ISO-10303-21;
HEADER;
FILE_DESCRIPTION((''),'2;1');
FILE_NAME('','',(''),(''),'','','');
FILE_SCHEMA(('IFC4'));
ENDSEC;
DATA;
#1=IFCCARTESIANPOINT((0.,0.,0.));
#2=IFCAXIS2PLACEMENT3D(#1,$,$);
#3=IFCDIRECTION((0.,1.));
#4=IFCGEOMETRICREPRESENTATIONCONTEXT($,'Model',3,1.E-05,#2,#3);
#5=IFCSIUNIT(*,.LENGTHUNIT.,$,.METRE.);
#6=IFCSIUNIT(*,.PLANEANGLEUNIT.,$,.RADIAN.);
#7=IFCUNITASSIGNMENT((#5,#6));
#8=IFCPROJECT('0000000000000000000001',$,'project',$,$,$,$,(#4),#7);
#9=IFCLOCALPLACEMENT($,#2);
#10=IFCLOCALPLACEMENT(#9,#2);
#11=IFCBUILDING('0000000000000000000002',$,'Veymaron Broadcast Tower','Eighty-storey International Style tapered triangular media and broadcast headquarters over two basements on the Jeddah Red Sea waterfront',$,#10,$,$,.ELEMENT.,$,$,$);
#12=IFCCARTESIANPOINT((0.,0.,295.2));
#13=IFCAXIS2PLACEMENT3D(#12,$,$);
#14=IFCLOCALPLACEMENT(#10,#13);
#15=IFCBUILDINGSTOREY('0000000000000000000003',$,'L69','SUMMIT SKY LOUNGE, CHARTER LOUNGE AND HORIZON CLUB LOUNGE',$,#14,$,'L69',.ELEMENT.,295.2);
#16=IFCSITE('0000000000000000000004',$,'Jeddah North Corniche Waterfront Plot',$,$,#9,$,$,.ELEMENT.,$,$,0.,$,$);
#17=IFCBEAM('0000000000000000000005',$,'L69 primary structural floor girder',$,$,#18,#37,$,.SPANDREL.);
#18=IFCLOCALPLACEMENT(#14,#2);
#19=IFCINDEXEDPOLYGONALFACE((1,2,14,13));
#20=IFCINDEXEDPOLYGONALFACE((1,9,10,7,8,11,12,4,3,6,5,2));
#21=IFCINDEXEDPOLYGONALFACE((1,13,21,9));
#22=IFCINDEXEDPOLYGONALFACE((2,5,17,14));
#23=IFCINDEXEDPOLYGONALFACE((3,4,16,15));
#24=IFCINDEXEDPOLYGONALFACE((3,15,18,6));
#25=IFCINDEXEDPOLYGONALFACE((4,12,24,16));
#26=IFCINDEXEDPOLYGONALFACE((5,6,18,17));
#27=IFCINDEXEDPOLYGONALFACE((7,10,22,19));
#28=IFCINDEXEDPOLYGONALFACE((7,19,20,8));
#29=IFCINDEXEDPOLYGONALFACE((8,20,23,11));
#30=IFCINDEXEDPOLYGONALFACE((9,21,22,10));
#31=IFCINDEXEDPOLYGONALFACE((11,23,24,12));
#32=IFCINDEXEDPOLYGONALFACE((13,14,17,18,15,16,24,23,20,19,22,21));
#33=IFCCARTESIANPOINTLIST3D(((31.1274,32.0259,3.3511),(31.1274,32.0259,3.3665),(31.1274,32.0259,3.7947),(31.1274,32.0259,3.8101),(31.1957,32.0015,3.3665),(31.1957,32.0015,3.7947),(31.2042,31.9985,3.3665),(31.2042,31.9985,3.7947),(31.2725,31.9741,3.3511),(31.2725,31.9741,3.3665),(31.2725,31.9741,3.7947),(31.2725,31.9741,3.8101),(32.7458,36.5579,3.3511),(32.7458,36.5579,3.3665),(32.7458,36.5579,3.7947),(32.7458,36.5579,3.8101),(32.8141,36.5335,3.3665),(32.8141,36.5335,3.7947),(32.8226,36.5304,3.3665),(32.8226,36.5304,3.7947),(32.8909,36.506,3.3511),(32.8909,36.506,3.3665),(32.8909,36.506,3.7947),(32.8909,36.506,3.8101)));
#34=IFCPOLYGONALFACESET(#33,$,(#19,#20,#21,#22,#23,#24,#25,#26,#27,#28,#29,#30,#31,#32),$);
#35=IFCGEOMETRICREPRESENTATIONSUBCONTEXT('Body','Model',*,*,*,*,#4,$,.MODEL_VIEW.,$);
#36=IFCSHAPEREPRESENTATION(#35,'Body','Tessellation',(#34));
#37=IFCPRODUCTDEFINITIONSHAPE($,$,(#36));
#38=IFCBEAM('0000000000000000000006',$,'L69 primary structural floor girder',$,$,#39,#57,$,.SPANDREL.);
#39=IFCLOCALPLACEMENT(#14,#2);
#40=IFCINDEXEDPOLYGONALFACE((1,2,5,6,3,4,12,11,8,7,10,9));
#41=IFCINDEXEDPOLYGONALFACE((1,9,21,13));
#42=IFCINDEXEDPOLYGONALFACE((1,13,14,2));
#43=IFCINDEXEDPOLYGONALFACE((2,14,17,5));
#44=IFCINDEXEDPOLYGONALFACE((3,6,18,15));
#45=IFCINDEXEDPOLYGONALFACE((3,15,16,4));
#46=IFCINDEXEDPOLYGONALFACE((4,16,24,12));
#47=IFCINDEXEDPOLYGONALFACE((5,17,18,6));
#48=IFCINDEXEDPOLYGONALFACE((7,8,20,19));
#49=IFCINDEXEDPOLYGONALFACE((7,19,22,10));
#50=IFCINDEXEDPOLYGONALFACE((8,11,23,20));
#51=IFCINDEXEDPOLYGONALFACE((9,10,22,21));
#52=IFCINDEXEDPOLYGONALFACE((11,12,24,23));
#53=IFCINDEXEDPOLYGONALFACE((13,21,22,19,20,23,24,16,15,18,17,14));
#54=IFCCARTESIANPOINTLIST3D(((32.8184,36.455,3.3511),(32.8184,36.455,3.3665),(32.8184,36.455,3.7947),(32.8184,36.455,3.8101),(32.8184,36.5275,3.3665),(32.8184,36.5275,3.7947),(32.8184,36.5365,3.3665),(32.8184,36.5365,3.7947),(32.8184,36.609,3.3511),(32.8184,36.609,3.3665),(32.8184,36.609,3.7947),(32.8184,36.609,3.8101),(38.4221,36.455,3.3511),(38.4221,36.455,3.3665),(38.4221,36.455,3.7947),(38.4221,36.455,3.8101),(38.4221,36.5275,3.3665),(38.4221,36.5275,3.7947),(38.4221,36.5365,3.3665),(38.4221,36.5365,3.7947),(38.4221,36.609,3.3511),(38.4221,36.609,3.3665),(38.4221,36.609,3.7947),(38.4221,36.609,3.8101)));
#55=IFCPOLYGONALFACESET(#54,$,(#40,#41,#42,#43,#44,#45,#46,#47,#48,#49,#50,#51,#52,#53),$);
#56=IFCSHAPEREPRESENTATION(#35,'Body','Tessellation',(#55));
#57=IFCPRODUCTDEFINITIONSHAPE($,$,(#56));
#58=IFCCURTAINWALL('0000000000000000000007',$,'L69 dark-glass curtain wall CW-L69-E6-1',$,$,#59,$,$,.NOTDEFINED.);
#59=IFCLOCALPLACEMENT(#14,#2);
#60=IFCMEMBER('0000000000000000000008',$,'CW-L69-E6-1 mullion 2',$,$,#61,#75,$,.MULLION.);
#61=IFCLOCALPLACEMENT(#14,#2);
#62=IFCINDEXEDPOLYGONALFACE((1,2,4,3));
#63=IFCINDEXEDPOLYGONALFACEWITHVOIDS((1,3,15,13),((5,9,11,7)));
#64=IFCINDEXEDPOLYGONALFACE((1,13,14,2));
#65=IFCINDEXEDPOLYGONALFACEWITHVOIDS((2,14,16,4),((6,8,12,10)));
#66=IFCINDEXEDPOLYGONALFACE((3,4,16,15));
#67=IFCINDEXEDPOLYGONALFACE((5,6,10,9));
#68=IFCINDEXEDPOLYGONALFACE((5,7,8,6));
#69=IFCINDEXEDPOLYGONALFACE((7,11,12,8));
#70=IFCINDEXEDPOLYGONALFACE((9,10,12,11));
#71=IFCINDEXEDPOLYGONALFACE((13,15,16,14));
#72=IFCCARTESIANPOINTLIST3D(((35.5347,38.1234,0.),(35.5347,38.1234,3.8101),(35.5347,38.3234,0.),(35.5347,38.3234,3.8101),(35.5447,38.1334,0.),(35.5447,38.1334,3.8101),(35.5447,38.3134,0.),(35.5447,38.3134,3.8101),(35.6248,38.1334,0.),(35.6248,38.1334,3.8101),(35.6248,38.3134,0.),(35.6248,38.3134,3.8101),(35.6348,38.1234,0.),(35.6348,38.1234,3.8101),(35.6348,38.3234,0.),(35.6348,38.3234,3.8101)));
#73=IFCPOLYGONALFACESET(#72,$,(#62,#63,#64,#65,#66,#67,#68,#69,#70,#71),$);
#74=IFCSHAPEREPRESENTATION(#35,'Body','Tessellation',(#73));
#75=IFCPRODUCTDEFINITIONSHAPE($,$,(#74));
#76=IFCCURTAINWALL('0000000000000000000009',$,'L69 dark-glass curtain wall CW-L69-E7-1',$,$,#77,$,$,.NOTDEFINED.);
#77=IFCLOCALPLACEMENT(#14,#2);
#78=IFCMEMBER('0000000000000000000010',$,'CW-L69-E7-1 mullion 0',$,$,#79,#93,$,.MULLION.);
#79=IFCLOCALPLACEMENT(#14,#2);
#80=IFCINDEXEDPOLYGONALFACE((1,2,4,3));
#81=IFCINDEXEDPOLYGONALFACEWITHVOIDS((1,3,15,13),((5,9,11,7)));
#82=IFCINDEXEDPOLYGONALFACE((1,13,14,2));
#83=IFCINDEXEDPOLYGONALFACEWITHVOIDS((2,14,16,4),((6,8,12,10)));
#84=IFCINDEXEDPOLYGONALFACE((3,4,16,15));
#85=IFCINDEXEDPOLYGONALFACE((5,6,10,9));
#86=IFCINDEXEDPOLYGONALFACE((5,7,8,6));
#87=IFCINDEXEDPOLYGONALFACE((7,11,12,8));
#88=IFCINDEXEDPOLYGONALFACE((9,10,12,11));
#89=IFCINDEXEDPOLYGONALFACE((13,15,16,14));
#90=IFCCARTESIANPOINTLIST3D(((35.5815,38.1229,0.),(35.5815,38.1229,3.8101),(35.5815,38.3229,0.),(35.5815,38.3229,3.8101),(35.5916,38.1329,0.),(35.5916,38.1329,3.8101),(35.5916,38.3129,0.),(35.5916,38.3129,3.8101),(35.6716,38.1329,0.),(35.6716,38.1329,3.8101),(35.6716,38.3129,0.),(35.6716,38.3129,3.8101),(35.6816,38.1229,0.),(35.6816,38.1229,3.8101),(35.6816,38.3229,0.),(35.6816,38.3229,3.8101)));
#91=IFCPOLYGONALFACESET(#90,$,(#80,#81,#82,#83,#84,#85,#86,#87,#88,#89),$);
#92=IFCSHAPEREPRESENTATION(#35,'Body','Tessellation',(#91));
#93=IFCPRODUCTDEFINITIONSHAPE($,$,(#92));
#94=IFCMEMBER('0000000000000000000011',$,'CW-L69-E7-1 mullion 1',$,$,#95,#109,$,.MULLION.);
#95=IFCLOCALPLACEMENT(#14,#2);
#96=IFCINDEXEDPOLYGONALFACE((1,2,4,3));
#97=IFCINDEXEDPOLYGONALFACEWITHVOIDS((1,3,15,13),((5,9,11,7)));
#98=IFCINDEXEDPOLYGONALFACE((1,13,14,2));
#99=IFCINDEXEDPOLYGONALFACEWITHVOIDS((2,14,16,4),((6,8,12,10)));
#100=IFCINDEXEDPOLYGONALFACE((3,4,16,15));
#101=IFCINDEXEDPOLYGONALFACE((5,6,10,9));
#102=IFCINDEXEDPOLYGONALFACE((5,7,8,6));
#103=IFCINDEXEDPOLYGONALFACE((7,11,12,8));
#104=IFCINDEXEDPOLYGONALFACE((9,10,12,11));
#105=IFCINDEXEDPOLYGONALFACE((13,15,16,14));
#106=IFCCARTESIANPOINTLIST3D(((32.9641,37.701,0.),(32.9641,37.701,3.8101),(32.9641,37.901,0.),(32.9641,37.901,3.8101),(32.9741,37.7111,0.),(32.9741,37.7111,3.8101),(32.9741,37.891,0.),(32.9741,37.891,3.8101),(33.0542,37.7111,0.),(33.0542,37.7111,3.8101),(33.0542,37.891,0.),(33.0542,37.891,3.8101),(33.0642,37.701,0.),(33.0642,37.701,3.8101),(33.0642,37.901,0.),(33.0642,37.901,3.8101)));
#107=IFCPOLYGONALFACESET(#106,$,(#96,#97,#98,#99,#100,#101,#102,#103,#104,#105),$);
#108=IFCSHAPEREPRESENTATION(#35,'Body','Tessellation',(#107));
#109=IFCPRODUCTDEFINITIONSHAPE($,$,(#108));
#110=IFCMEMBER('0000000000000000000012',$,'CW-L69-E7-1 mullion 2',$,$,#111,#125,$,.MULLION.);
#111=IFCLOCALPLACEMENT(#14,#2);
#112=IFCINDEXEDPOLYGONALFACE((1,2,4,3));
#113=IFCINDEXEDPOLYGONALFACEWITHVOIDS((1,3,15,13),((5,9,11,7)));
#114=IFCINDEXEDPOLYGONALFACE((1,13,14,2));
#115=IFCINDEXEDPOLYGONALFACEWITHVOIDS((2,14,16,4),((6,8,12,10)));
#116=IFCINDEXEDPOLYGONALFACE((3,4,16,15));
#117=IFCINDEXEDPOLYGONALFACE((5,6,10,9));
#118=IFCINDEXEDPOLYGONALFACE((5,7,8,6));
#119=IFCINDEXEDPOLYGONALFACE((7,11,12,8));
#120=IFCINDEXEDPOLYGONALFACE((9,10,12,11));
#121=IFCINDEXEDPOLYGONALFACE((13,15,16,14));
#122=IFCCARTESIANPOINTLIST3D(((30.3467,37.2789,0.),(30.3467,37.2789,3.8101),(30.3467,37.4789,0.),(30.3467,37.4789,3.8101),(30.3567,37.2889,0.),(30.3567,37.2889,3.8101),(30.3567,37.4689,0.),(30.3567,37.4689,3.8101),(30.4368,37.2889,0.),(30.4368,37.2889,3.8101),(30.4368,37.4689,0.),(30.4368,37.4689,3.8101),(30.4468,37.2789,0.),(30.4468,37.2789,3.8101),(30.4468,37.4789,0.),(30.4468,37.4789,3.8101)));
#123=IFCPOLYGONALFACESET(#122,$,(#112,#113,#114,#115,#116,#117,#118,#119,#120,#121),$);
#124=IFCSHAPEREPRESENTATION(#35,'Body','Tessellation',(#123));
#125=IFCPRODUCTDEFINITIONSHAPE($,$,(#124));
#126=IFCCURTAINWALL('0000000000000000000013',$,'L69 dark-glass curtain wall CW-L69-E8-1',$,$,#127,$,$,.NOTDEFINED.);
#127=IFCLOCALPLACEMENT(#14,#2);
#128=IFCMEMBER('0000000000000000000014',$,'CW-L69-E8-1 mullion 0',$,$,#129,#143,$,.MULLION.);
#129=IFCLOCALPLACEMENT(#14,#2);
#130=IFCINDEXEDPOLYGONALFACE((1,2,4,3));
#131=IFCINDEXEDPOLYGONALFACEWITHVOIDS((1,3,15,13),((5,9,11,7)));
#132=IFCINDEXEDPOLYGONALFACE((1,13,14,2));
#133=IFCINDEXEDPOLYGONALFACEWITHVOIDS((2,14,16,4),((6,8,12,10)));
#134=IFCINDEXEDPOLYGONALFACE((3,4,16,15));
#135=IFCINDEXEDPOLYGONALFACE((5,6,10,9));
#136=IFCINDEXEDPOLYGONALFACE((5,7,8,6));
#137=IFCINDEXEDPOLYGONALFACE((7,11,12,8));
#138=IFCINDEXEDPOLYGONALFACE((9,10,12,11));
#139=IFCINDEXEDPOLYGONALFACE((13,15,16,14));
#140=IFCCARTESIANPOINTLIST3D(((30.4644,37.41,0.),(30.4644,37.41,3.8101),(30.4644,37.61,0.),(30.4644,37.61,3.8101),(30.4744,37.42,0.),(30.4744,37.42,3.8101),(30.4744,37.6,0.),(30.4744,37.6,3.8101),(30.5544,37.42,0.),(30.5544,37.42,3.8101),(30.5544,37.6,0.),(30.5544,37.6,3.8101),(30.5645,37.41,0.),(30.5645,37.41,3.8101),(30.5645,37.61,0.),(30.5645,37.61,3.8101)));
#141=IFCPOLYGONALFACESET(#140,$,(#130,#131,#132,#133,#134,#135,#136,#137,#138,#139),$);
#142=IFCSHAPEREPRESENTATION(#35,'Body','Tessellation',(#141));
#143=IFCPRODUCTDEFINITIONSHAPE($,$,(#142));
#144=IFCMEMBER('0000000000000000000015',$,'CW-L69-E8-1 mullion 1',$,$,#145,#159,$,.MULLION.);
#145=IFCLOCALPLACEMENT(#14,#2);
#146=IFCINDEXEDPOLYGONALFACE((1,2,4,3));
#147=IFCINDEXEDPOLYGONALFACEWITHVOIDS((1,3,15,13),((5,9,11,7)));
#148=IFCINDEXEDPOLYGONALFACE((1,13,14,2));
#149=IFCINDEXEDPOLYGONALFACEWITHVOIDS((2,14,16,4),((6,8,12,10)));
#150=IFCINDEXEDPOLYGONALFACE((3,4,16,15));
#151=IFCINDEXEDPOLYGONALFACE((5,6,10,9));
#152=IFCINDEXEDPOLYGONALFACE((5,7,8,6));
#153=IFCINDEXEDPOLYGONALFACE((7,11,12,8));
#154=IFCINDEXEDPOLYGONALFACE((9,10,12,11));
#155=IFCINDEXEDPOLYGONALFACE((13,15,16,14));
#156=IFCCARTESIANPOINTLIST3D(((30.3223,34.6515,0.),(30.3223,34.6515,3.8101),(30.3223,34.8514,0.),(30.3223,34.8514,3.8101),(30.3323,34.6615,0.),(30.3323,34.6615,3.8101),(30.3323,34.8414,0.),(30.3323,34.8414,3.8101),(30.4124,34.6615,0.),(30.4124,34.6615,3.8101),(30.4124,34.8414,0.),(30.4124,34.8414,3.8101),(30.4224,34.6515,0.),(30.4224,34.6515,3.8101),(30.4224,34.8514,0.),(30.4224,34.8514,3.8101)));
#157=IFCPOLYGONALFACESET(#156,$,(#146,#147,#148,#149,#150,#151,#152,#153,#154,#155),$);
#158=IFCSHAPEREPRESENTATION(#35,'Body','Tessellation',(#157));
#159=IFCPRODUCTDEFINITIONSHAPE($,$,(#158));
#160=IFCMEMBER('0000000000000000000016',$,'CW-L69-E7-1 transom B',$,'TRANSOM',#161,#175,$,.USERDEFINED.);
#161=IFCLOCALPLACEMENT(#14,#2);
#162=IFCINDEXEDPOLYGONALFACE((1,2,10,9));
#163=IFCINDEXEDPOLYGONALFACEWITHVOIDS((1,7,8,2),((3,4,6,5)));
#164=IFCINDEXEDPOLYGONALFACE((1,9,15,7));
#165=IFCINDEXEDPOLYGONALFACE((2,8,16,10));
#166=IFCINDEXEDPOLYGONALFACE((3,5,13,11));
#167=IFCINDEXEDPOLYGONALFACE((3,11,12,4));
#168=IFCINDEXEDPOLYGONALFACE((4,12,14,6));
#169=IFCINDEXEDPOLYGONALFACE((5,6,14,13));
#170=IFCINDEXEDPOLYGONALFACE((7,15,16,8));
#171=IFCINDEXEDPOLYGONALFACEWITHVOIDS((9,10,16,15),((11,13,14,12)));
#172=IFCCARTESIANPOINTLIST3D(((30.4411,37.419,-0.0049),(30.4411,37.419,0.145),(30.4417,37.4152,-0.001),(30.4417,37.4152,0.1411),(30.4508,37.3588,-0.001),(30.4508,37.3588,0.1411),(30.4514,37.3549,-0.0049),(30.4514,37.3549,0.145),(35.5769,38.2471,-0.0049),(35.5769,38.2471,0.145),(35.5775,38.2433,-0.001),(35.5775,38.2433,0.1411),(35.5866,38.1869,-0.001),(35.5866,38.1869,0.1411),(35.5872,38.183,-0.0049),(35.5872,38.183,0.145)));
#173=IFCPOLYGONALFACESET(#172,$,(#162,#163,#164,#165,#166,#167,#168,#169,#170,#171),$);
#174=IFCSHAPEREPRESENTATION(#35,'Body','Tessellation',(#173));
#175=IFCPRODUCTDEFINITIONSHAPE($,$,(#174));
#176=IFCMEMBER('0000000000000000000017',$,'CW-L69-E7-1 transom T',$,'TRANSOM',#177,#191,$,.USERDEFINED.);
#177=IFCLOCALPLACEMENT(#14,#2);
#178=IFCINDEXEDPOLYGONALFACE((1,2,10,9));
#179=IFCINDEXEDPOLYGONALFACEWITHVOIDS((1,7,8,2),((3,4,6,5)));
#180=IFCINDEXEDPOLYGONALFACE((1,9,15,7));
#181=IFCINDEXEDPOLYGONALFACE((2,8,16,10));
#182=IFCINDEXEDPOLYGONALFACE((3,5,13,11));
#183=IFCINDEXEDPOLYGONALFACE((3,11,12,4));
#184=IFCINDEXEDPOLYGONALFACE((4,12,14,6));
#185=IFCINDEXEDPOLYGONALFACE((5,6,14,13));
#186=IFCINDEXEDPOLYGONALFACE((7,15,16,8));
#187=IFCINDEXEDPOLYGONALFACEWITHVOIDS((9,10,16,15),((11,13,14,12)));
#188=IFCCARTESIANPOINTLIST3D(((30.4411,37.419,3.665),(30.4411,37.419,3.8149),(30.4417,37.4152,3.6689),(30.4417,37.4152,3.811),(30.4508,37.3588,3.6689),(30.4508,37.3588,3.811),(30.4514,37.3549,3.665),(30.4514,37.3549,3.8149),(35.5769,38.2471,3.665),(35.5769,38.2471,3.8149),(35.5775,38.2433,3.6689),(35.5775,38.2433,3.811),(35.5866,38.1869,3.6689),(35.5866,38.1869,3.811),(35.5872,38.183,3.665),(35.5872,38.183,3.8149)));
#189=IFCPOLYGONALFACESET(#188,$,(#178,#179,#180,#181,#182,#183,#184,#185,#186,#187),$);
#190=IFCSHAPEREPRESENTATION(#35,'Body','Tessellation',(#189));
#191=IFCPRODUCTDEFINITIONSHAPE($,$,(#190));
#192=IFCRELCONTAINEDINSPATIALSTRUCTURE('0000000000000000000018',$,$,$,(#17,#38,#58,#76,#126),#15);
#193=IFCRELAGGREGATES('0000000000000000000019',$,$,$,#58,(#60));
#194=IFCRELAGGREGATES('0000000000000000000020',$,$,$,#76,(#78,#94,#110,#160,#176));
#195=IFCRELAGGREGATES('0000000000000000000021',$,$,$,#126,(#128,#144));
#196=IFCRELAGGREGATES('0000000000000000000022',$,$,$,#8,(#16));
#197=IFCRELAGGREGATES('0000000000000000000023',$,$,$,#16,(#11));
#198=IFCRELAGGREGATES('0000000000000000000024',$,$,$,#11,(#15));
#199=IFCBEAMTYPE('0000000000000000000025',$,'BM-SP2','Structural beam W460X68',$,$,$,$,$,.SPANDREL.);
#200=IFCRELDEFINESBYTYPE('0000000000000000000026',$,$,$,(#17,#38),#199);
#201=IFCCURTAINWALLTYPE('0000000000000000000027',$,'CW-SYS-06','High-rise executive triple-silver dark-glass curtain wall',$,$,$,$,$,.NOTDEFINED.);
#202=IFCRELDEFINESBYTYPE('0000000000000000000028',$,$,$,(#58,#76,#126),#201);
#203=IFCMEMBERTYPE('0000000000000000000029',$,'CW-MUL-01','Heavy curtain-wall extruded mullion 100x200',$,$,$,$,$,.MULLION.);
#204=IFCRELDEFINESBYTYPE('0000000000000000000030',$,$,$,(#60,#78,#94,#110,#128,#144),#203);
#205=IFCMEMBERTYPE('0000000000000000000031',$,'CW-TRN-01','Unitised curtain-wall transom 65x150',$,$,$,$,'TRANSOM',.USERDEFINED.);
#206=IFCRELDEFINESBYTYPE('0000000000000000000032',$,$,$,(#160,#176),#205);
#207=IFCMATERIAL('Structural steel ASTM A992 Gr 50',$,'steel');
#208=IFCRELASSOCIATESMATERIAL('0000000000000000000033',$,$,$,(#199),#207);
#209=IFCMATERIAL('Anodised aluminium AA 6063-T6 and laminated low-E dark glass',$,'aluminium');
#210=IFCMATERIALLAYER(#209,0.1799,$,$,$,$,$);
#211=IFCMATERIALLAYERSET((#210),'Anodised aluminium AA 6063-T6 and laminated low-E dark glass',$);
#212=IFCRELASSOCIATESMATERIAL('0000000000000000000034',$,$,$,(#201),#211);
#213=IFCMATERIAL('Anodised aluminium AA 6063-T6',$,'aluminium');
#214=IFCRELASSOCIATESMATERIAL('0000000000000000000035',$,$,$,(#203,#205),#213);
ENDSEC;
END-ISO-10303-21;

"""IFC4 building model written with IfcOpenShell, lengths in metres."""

from ifc_helpers import new_model, si_unit, direction, frame, origin, origin_2d, place, context, subcontext, project, spatial, hollow_rectangle, i_section, extrude, material, layer, layer_set, material_profile, profile_set, type_object, element, aggregate, save


model = new_model("IFC4")

# Units and contexts
model_context = context("Model", 3, precision=1e-05, world=origin(), true_north=direction((0.0, 1.0)))
body_context = subcontext(model_context, "Body", "Model", "MODEL_VIEW")
ifc_project = project(units=[si_unit("LENGTHUNIT", "METRE"), si_unit("PLANEANGLEUNIT", "RADIAN")], contexts=[model_context])

# Site, building, storey
site_placement = place(None, origin())
site = spatial("IfcSite", under=ifc_project, at=site_placement, Name="Jeddah North Corniche Waterfront Plot", CompositionType="ELEMENT", RefElevation=0.0)
building_placement = place(site_placement, origin())
building = spatial("IfcBuilding", under=site, at=building_placement, Name="Veymaron Broadcast Tower", Description="Eighty-storey International Style tapered triangular media and broadcast headquarters over two basements on the Jeddah Red Sea waterfront", CompositionType="ELEMENT")
storey_placement = place(building_placement, frame((0.0, 0.0, 295.2)))
storey = spatial("IfcBuildingStorey", under=building, at=storey_placement, Name="L69", Description="SUMMIT SKY LOUNGE, CHARTER LOUNGE AND HORIZON CLUB LOUNGE", LongName="L69", CompositionType="ELEMENT", Elevation=295.2)

# Shared definitions
ifc_material_1 = material(Name="Structural steel ASTM A992 Gr 50", Category="steel")

# Beams
ifc_material_profile_1 = material_profile(ifc_material_1, i_section(OverallWidth=0.1541, OverallDepth=0.459, WebThickness=0.009, FlangeThickness=0.0154, at=origin_2d()), Name="W460X68")
ifc_profile_set_1 = profile_set([ifc_material_profile_1], Name="Structural steel ASTM A992 Gr 50")
beam_type_1 = type_object("IfcBeamType", Name="BM-SP2", Description="Structural beam W460X68", PredefinedType="SPANDREL", material=ifc_profile_set_1)
beam_1_placement = place(storey_placement, frame((31.2, 32.0, 3.5806), z_axis=(0.336307, 0.941752, 0.0), x_axis=(-0.941752, 0.336307, 0.0)))
element("IfcBeam", 1, at=beam_1_placement, inside=storey, type_object=beam_type_1, Name="L69 primary structural floor girder", PredefinedType="SPANDREL", context=body_context, shape_type="SweptSolid", body=[
    extrude(i_section(OverallWidth=0.1541, OverallDepth=0.459, WebThickness=0.009, FlangeThickness=0.0154, at=origin_2d()), origin(), (0.0, 0.0, 1.0), 4.8123),
])
beam_2_placement = place(storey_placement, frame((32.8184, 36.532, 3.5806), z_axis=(1.0, 0.0, 0.0), x_axis=(0.0, 1.0, 0.0)))
element("IfcBeam", 2, at=beam_2_placement, inside=storey, type_object=beam_type_1, Name="L69 primary structural floor girder", PredefinedType="SPANDREL", context=body_context, shape_type="SweptSolid", body=[
    extrude(i_section(OverallWidth=0.1541, OverallDepth=0.459, WebThickness=0.009, FlangeThickness=0.0154, at=origin_2d()), origin(), (0.0, 0.0, 1.0), 5.6038),
])

# Curtain wall, member
ifc_material_2 = material(Name="Anodised aluminium AA 6063-T6 and laminated low-E dark glass", Category="aluminium")
ifc_layer_1 = layer(ifc_material_2, 0.1799)
ifc_layer_set_1 = layer_set([ifc_layer_1], Name="Anodised aluminium AA 6063-T6 and laminated low-E dark glass")
curtain_wall_type = type_object("IfcCurtainWallType", Name="CW-SYS-06", Description="High-rise executive triple-silver dark-glass curtain wall", PredefinedType="NOTDEFINED", material=ifc_layer_set_1)
curtain_wall_1_placement = place(storey_placement, origin())
curtain_wall_1 = element("IfcCurtainWall", 3, at=curtain_wall_1_placement, inside=storey, type_object=curtain_wall_type, Name="L69 dark-glass curtain wall CW-L69-E6-1", PredefinedType="NOTDEFINED")
ifc_material_3 = material(Name="Anodised aluminium AA 6063-T6", Category="aluminium")
ifc_material_profile_2 = material_profile(ifc_material_3, hollow_rectangle(XDim=0.1001, YDim=0.2, WallThickness=0.01, at=origin_2d()), Name="RHS200X100X10")
ifc_profile_set_2 = profile_set([ifc_material_profile_2], Name="Anodised aluminium AA 6063-T6")
member_type_1 = type_object("IfcMemberType", Name="CW-MUL-01", Description="Heavy curtain-wall extruded mullion 100x200", PredefinedType="MULLION", material=ifc_profile_set_2)
member_1_placement = place(storey_placement, frame((35.5847, 38.2234, 0.0), z_axis=(0.0, 0.0, 1.0), x_axis=(1.0, 0.0, 0.0)))
member_1 = element("IfcMember", 4, at=member_1_placement, type_object=member_type_1, Name="CW-L69-E6-1 mullion 2", PredefinedType="MULLION", context=body_context, shape_type="SweptSolid", body=[
    extrude(hollow_rectangle(XDim=0.1001, YDim=0.2, WallThickness=0.01, at=origin_2d()), origin(), (0.0, 0.0, 1.0), 3.8101),
])
aggregate(curtain_wall_1, [member_1])

# Curtain walls, members
curtain_wall_2_placement = place(storey_placement, origin())
curtain_wall_2 = element("IfcCurtainWall", 5, at=curtain_wall_2_placement, inside=storey, type_object=curtain_wall_type, Name="L69 dark-glass curtain wall CW-L69-E7-1", PredefinedType="NOTDEFINED")
member_2_placement = place(storey_placement, frame((35.6316, 38.2229, 0.0), z_axis=(0.0, 0.0, 1.0), x_axis=(1.0, 0.0, 0.0)))
member_2 = element("IfcMember", 6, at=member_2_placement, type_object=member_type_1, Name="CW-L69-E7-1 mullion 0", PredefinedType="MULLION", context=body_context, shape_type="SweptSolid", body=[
    extrude(hollow_rectangle(XDim=0.1001, YDim=0.2, WallThickness=0.01, at=origin_2d()), origin(), (0.0, 0.0, 1.0), 3.8101),
])
member_3_placement = place(storey_placement, frame((33.0142, 37.801, 0.0), z_axis=(0.0, 0.0, 1.0), x_axis=(1.0, 0.0, 0.0)))
member_3 = element("IfcMember", 7, at=member_3_placement, type_object=member_type_1, Name="CW-L69-E7-1 mullion 1", PredefinedType="MULLION", context=body_context, shape_type="SweptSolid", body=[
    extrude(hollow_rectangle(XDim=0.1001, YDim=0.2, WallThickness=0.01, at=origin_2d()), origin(), (0.0, 0.0, 1.0), 3.8101),
])
member_4_placement = place(storey_placement, frame((30.3967, 37.3789, 0.0), z_axis=(0.0, 0.0, 1.0), x_axis=(1.0, 0.0, 0.0)))
member_4 = element("IfcMember", 8, at=member_4_placement, type_object=member_type_1, Name="CW-L69-E7-1 mullion 2", PredefinedType="MULLION", context=body_context, shape_type="SweptSolid", body=[
    extrude(hollow_rectangle(XDim=0.1001, YDim=0.2, WallThickness=0.01, at=origin_2d()), origin(), (0.0, 0.0, 1.0), 3.8101),
])
curtain_wall_3_placement = place(storey_placement, origin())
curtain_wall_3 = element("IfcCurtainWall", 9, at=curtain_wall_3_placement, inside=storey, type_object=curtain_wall_type, Name="L69 dark-glass curtain wall CW-L69-E8-1", PredefinedType="NOTDEFINED")
member_5_placement = place(storey_placement, frame((30.5144, 37.51, 0.0), z_axis=(0.0, 0.0, 1.0), x_axis=(1.0, 0.0, 0.0)))
member_5 = element("IfcMember", 10, at=member_5_placement, type_object=member_type_1, Name="CW-L69-E8-1 mullion 0", PredefinedType="MULLION", context=body_context, shape_type="SweptSolid", body=[
    extrude(hollow_rectangle(XDim=0.1001, YDim=0.2, WallThickness=0.01, at=origin_2d()), origin(), (0.0, 0.0, 1.0), 3.8101),
])
member_6_placement = place(storey_placement, frame((30.3723, 34.7515, 0.0), z_axis=(0.0, 0.0, 1.0), x_axis=(1.0, 0.0, 0.0)))
member_6 = element("IfcMember", 11, at=member_6_placement, type_object=member_type_1, Name="CW-L69-E8-1 mullion 1", PredefinedType="MULLION", context=body_context, shape_type="SweptSolid", body=[
    extrude(hollow_rectangle(XDim=0.1001, YDim=0.2, WallThickness=0.01, at=origin_2d()), origin(), (0.0, 0.0, 1.0), 3.8101),
])

# Members
ifc_material_profile_3 = material_profile(ifc_material_3, hollow_rectangle(XDim=0.0649, YDim=0.1499, WallThickness=0.0039, at=origin_2d()), Name="AL150X65X4")
ifc_profile_set_3 = profile_set([ifc_material_profile_3], Name="Anodised aluminium AA 6063-T6")
member_type_2 = type_object("IfcMemberType", Name="CW-TRN-01", Description="Unitised curtain-wall transom 65x150", ElementType="TRANSOM", PredefinedType="USERDEFINED", material=ifc_profile_set_3)
member_7_placement = place(storey_placement, frame((35.582, 38.2151, 0.0701), z_axis=(-0.987248, -0.159191, 0.0), x_axis=(0.159191, -0.987248, 0.0)))
member_7 = element("IfcMember", 12, at=member_7_placement, type_object=member_type_2, Name="CW-L69-E7-1 transom B", ObjectType="TRANSOM", PredefinedType="USERDEFINED", context=body_context, shape_type="SweptSolid", body=[
    extrude(hollow_rectangle(XDim=0.0649, YDim=0.1499, WallThickness=0.0039, at=origin_2d()), origin(), (0.0, 0.0, 1.0), 5.2021),
])
member_8_placement = place(storey_placement, frame((35.582, 38.2151, 3.74), z_axis=(-0.987248, -0.159191, 0.0), x_axis=(0.159191, -0.987248, 0.0)))
member_8 = element("IfcMember", 13, at=member_8_placement, type_object=member_type_2, Name="CW-L69-E7-1 transom T", ObjectType="TRANSOM", PredefinedType="USERDEFINED", context=body_context, shape_type="SweptSolid", body=[
    extrude(hollow_rectangle(XDim=0.0649, YDim=0.1499, WallThickness=0.0039, at=origin_2d()), origin(), (0.0, 0.0, 1.0), 5.2021),
])

aggregate(curtain_wall_2, [member_2, member_3, member_4, member_7, member_8])
aggregate(curtain_wall_3, [member_5, member_6])

save(model, "model.ifc")
